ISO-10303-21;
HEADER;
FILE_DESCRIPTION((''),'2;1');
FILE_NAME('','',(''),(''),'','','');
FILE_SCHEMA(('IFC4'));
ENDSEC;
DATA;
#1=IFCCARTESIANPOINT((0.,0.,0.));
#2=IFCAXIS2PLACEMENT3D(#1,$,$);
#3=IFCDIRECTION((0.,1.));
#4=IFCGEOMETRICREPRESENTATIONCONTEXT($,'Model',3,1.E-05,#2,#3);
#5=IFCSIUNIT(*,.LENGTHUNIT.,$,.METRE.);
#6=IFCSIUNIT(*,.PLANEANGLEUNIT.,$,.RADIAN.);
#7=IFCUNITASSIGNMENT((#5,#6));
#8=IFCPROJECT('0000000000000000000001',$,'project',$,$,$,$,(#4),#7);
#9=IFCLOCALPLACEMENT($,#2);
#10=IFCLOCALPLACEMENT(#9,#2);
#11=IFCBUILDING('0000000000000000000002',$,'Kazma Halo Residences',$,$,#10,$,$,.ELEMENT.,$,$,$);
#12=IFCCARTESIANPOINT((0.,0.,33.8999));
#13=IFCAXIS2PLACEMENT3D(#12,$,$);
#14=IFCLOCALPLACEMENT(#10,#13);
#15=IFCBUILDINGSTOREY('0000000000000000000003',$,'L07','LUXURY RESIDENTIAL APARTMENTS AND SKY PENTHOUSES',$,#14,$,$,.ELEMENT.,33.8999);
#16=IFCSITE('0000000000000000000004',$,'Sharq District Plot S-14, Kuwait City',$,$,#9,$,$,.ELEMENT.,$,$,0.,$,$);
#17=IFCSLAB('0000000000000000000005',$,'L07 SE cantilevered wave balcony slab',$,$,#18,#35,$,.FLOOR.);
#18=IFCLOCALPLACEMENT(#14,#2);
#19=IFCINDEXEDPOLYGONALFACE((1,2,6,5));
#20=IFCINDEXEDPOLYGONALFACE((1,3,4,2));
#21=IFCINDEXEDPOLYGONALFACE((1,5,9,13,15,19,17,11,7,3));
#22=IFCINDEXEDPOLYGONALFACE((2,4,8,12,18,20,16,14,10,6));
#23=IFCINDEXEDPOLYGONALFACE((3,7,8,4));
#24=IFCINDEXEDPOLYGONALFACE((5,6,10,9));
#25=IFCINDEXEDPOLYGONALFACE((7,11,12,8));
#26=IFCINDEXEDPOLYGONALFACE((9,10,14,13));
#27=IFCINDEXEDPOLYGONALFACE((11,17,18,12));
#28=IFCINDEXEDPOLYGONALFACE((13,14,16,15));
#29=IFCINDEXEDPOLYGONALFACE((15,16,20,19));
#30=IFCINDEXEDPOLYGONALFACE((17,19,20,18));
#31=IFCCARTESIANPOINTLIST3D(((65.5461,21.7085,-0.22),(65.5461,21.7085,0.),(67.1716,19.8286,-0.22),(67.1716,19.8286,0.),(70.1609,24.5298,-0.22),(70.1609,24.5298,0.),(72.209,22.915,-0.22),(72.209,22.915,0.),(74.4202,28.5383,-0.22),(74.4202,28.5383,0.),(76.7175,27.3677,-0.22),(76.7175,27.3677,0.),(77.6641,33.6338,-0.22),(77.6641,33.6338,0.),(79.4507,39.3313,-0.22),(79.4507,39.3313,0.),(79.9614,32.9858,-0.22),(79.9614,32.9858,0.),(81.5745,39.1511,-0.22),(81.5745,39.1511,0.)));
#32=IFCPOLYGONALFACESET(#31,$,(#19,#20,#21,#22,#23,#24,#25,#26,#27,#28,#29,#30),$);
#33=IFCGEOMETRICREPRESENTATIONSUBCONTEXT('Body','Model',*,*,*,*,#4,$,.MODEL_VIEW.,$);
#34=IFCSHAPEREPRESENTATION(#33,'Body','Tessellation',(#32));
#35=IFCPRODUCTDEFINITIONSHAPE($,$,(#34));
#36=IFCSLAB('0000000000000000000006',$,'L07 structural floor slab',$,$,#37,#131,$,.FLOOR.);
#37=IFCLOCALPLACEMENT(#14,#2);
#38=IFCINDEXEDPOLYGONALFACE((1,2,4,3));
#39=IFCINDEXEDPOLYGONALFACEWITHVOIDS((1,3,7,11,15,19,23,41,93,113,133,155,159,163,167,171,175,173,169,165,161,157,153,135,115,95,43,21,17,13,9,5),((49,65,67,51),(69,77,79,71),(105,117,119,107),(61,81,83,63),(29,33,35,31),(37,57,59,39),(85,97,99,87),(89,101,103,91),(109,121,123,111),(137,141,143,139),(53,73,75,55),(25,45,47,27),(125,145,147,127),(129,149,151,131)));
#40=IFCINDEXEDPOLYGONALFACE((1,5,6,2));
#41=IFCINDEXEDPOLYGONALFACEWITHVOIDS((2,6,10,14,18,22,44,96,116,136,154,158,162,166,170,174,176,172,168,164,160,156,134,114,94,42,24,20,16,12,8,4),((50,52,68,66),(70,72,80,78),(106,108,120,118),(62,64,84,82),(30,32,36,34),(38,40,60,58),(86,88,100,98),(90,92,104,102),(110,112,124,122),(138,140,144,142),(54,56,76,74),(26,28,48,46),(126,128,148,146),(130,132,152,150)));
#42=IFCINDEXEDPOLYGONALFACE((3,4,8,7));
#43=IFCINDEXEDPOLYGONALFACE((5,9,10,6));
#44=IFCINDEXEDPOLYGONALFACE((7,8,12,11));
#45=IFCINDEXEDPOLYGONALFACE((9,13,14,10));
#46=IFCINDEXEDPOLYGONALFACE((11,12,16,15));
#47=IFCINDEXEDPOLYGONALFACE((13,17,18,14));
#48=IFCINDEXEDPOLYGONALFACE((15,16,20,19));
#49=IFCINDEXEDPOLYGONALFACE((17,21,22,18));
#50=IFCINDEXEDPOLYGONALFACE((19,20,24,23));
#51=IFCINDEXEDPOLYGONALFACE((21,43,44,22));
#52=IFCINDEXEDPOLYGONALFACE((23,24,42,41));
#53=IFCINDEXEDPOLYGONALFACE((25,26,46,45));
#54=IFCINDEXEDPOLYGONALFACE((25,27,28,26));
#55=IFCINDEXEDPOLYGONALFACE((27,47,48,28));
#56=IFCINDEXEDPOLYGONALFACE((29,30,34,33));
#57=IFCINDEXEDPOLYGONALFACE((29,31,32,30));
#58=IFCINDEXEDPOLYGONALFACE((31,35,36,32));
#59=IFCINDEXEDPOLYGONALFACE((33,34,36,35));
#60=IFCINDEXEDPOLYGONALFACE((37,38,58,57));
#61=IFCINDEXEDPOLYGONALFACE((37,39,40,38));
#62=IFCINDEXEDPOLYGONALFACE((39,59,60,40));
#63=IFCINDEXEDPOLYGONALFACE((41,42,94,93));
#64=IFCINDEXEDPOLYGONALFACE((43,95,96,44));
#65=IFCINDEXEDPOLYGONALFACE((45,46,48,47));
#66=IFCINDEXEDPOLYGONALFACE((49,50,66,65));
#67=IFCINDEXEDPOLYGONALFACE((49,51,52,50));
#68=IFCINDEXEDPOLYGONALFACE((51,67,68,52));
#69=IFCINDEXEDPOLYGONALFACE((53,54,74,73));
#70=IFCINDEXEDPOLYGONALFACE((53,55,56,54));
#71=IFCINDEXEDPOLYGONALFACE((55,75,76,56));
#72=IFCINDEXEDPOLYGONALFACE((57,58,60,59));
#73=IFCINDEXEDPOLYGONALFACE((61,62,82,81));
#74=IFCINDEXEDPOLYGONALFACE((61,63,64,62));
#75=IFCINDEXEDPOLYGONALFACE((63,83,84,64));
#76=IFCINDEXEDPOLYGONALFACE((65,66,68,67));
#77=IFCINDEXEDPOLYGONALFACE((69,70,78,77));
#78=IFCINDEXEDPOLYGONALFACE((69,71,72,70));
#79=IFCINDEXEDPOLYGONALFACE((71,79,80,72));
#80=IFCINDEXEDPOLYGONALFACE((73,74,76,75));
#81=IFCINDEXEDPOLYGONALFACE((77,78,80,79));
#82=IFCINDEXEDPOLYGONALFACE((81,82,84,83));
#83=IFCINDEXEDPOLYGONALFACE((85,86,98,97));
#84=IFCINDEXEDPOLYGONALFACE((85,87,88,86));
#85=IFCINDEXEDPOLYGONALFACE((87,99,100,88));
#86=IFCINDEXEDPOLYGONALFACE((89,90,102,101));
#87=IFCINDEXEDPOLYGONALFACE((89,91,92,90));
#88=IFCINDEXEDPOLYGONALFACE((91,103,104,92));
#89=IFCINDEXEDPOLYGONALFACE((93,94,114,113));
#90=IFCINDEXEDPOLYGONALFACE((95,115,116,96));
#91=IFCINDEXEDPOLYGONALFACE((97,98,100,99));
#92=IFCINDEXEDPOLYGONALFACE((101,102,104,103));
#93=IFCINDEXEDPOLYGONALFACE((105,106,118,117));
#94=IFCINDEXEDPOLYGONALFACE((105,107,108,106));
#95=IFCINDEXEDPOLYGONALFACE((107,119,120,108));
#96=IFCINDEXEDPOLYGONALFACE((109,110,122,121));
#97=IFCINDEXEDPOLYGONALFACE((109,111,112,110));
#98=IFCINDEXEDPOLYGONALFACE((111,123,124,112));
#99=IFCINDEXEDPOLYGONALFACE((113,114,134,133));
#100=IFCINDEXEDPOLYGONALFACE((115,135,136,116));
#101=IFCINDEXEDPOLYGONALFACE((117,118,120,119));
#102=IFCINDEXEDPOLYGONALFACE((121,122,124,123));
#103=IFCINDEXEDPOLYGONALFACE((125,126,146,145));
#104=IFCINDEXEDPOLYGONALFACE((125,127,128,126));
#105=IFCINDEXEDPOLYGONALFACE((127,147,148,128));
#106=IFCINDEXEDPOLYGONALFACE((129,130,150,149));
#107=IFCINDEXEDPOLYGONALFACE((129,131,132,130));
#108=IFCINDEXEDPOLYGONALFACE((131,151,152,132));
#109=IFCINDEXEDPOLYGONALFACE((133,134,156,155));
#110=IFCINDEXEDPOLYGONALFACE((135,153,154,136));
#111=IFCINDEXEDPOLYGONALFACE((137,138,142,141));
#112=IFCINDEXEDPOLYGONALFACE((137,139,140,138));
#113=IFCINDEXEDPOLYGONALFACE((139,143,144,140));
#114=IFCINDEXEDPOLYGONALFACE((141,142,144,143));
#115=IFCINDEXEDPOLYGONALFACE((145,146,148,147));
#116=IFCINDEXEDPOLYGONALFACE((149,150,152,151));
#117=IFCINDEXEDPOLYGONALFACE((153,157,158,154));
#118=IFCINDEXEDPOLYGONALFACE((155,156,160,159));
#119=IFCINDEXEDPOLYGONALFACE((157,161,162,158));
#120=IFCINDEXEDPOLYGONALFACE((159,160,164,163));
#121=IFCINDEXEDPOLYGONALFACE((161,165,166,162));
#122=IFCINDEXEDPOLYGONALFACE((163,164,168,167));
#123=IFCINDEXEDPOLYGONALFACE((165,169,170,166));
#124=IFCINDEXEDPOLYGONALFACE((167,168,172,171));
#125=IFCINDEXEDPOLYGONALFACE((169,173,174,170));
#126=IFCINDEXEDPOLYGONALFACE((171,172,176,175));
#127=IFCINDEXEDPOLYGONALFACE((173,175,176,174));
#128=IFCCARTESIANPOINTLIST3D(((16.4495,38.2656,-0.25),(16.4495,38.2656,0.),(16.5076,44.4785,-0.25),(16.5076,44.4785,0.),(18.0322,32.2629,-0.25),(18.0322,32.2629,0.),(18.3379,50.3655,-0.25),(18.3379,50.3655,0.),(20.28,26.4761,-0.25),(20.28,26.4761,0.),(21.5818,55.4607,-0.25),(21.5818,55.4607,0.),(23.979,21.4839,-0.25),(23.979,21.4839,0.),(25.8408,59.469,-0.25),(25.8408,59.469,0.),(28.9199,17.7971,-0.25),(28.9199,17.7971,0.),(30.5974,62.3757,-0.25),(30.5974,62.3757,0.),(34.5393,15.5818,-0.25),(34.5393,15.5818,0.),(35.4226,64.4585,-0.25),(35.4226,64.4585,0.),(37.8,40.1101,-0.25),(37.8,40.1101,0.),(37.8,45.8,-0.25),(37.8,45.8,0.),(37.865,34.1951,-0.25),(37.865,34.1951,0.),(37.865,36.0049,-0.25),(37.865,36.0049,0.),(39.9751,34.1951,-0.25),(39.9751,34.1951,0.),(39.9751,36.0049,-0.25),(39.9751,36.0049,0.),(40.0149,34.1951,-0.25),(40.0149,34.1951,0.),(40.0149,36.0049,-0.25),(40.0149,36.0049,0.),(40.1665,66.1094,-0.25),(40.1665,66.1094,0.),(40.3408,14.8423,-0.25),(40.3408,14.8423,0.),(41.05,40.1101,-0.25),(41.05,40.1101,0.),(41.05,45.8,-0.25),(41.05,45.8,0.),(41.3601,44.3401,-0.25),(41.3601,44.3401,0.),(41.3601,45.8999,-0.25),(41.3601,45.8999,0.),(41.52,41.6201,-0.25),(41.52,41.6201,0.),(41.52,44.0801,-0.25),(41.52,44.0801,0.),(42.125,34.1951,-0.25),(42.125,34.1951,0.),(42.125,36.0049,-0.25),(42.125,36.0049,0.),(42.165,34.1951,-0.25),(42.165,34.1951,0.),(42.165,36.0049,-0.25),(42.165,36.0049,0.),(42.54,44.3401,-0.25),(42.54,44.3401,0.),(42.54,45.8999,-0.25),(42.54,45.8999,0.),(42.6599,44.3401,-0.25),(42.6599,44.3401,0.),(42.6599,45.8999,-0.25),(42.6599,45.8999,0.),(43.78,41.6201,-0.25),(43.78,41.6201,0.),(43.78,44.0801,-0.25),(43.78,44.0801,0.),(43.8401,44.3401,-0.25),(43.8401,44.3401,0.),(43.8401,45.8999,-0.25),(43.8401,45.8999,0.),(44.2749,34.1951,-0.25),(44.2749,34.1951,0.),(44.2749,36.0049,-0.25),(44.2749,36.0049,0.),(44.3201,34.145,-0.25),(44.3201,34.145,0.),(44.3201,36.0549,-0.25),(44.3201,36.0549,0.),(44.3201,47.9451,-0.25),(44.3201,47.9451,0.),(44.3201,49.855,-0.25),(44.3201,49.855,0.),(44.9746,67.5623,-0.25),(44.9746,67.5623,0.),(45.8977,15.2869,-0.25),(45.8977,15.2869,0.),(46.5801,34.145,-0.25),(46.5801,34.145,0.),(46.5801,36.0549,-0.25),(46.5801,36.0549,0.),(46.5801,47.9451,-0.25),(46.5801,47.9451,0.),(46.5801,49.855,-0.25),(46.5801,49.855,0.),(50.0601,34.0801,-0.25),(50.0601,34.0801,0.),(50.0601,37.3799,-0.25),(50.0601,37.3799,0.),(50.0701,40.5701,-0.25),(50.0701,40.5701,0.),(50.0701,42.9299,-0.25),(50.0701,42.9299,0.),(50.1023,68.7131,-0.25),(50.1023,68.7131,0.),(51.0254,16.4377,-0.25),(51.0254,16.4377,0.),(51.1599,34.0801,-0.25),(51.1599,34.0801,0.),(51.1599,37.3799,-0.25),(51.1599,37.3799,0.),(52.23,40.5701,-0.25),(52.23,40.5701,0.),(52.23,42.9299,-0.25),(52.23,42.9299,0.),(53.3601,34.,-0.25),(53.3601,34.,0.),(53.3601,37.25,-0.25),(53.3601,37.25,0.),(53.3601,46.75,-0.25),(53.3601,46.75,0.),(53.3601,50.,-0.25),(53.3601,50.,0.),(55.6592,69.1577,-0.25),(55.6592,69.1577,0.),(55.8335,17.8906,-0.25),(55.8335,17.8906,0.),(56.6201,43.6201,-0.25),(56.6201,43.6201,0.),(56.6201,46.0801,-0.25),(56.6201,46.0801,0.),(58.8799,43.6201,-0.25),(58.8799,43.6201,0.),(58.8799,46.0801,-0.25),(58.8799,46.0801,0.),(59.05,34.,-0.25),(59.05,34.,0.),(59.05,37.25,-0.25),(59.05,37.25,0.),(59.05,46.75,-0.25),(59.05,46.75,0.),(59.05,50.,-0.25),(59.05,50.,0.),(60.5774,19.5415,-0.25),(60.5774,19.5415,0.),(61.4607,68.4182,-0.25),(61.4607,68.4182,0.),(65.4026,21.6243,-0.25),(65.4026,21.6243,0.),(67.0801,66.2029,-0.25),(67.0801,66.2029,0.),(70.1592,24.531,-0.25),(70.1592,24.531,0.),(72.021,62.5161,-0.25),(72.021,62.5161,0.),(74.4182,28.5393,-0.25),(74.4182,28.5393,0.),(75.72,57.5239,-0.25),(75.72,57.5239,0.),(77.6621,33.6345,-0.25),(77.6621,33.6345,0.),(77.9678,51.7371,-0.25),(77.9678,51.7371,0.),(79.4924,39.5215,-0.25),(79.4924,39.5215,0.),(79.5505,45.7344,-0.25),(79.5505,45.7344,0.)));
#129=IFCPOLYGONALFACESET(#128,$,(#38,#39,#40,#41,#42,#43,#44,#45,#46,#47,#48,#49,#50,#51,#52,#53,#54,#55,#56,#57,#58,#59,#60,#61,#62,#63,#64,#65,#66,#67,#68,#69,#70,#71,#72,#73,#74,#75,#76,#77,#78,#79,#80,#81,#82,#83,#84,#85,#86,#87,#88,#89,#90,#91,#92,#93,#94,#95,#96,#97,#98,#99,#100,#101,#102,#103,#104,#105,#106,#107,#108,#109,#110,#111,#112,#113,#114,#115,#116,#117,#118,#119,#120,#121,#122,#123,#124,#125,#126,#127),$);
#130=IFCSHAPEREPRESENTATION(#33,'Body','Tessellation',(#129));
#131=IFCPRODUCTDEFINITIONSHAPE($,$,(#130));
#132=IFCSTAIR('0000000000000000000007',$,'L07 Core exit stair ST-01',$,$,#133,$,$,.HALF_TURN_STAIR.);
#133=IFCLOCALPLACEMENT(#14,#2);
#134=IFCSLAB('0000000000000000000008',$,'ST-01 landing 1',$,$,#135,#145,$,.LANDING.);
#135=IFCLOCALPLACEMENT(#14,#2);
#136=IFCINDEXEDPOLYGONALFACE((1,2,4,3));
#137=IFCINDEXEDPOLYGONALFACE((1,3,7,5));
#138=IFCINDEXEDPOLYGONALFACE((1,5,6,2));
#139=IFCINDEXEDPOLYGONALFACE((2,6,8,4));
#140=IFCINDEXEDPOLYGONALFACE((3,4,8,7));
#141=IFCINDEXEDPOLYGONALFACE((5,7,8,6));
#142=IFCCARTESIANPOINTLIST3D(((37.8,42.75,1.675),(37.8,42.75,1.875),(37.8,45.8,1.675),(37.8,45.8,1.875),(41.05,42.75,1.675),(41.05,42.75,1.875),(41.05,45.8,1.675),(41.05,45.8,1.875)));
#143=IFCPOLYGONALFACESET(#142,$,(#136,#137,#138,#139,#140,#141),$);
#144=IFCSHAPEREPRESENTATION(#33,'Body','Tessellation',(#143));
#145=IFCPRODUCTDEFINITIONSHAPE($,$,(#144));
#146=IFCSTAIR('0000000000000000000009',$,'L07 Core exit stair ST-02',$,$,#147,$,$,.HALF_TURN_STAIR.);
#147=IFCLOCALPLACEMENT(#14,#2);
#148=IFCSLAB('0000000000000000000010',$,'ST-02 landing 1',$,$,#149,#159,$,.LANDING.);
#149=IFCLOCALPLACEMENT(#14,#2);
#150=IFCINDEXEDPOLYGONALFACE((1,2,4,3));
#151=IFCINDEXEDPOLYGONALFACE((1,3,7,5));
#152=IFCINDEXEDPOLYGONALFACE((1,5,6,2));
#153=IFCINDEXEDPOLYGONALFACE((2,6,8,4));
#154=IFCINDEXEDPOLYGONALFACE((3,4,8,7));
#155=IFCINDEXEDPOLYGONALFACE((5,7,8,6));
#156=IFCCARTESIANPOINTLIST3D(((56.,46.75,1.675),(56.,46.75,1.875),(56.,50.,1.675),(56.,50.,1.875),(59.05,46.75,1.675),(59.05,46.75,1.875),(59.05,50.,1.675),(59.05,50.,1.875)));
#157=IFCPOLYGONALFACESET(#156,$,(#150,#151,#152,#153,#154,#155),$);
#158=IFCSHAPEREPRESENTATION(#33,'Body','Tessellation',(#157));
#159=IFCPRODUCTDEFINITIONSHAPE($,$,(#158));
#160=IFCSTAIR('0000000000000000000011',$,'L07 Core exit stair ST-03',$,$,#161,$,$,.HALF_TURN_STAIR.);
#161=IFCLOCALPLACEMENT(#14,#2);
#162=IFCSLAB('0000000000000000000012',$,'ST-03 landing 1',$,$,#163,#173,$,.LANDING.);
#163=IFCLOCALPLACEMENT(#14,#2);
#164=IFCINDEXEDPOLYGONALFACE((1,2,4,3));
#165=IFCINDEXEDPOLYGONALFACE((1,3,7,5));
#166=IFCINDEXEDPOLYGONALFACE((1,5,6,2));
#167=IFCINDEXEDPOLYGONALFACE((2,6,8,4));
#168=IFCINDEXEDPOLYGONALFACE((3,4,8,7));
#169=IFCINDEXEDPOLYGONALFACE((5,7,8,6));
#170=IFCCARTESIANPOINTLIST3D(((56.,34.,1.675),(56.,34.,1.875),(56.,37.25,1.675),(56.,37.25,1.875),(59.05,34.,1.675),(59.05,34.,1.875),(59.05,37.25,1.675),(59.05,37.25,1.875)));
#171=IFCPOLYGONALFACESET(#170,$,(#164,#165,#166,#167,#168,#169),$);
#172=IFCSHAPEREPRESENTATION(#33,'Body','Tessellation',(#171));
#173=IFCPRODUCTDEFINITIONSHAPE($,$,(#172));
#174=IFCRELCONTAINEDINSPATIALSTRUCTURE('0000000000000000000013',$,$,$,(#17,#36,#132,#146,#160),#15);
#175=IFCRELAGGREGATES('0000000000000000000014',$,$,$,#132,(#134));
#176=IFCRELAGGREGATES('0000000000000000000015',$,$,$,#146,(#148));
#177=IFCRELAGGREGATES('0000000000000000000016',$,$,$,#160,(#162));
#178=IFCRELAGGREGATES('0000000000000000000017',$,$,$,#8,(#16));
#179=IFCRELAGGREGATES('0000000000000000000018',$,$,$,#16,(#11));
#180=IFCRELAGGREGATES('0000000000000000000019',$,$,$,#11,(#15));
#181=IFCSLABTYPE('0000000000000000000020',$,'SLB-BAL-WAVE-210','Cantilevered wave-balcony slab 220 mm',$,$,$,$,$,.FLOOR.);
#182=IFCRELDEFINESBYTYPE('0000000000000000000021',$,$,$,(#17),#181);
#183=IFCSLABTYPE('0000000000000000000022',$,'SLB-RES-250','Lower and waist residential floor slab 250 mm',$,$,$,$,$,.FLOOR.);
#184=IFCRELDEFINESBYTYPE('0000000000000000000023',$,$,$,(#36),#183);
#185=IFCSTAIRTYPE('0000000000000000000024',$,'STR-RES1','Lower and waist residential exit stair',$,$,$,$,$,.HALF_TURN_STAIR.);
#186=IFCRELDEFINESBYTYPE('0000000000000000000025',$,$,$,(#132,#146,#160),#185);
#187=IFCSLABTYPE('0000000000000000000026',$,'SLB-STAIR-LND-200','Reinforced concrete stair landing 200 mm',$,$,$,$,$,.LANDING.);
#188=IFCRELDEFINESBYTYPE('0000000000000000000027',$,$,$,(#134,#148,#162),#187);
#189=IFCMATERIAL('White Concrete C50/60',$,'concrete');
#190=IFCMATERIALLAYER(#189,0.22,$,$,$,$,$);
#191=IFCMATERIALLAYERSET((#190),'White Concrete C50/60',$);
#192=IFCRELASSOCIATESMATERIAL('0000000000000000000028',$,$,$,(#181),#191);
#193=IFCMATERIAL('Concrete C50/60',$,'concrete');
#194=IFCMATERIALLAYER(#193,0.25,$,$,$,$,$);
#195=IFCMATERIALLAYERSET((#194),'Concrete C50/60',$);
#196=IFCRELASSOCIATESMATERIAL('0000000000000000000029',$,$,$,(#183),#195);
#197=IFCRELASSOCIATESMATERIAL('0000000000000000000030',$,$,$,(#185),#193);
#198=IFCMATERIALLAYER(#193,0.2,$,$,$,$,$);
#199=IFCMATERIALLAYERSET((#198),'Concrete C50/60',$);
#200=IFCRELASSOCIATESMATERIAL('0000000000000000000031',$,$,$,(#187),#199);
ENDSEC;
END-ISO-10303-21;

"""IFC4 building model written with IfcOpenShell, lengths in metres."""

from ifc_helpers import new_model, si_unit, direction, frame, origin, place, context, subcontext, project, spatial, polyline, outline, extrude, material, layer, layer_set, type_object, element, aggregate, save


model = new_model("IFC4")

# Units and contexts
model_context = context("Model", 3, precision=1e-05, world=origin(), true_north=direction((0.0, 1.0)))
body_context = subcontext(model_context, "Body", "Model", "MODEL_VIEW")
ifc_project = project(units=[si_unit("LENGTHUNIT", "METRE"), si_unit("PLANEANGLEUNIT", "RADIAN")], contexts=[model_context])

# Site, building, storey
site_placement = place(None, origin())
site = spatial("IfcSite", under=ifc_project, at=site_placement, Name="Sharq District Plot S-14, Kuwait City", CompositionType="ELEMENT", RefElevation=0.0)
building_placement = place(site_placement, origin())
building = spatial("IfcBuilding", under=site, at=building_placement, Name="Kazma Halo Residences", CompositionType="ELEMENT")
storey_placement = place(building_placement, frame((0.0, 0.0, 33.8999)))
storey = spatial("IfcBuildingStorey", under=building, at=storey_placement, Name="L07", Description="LUXURY RESIDENTIAL APARTMENTS AND SKY PENTHOUSES", CompositionType="ELEMENT", Elevation=33.8999)

# Slabs
ifc_material_1 = material(Name="White Concrete C50/60", Category="concrete")
ifc_layer_1 = layer(ifc_material_1, 0.22)
ifc_layer_set_1 = layer_set([ifc_layer_1], Name="White Concrete C50/60")
slab_type_1 = type_object("IfcSlabType", Name="SLB-BAL-WAVE-210", Description="Cantilevered wave-balcony slab 220 mm", PredefinedType="FLOOR", material=ifc_layer_set_1)
slab_1_placement = place(storey_placement, frame((0.0, 0.0, -0.22)))
element("IfcSlab", 1, at=slab_1_placement, inside=storey, type_object=slab_type_1, Name="L07 SE cantilevered wave balcony slab", PredefinedType="FLOOR", context=body_context, shape_type="SweptSolid", body=[
    extrude(outline(polyline([(65.5461, 21.7085), (70.1609, 24.5298), (74.4202, 28.5383), (77.6641, 33.6338), (79.4507, 39.3313), (81.5745, 39.1511), (79.9614, 32.9858), (76.7175, 27.3677), (72.209, 22.915), (67.1716, 19.8286), (65.5461, 21.7085)])), origin(), (0.0, 0.0, 1.0), 0.22),
])
ifc_material_2 = material(Name="Concrete C50/60", Category="concrete")
ifc_layer_2 = layer(ifc_material_2, 0.25)
ifc_layer_set_2 = layer_set([ifc_layer_2], Name="Concrete C50/60")
slab_type_2 = type_object("IfcSlabType", Name="SLB-RES-250", Description="Lower and waist residential floor slab 250 mm", PredefinedType="FLOOR", material=ifc_layer_set_2)
slab_2_placement = place(storey_placement, frame((0.0, 0.0, -0.25)))
element("IfcSlab", 2, at=slab_2_placement, inside=storey, type_object=slab_type_2, Name="L07 structural floor slab", PredefinedType="FLOOR", context=body_context, shape_type="SweptSolid", body=[
    extrude(outline(polyline([(77.9678, 51.7371), (75.72, 57.5239), (72.021, 62.5161), (67.0801, 66.2029), (61.4607, 68.4182), (55.6592, 69.1577), (50.1023, 68.7131), (44.9746, 67.5623), (40.1665, 66.1094), (35.4226, 64.4585), (30.5974, 62.3757), (25.8408, 59.469), (21.5818, 55.4607), (18.3379, 50.3655), (16.5076, 44.4785), (16.4495, 38.2656), (18.0322, 32.2629), (20.28, 26.4761), (23.979, 21.4839), (28.9199, 17.7971), (34.5393, 15.5818), (40.3408, 14.8423), (45.8977, 15.2869), (51.0254, 16.4377), (55.8335, 17.8906), (60.5774, 19.5415), (65.4026, 21.6243), (70.1592, 24.531), (74.4182, 28.5393), (77.6621, 33.6345), (79.4924, 39.5215), (79.5505, 45.7344), (77.9678, 51.7371)]), holes=[polyline([(37.8, 40.1101), (41.05, 40.1101), (41.05, 45.8), (37.8, 45.8), (37.8, 40.1101)]), polyline([(53.3601, 46.75), (59.05, 46.75), (59.05, 50.0), (53.3601, 50.0), (53.3601, 46.75)]), polyline([(53.3601, 34.0), (59.05, 34.0), (59.05, 37.25), (53.3601, 37.25), (53.3601, 34.0)]), polyline([(41.52, 41.6201), (43.78, 41.6201), (43.78, 44.0801), (41.52, 44.0801), (41.52, 41.6201)]), polyline([(56.6201, 43.6201), (58.8799, 43.6201), (58.8799, 46.0801), (56.6201, 46.0801), (56.6201, 43.6201)]), polyline([(37.865, 34.1951), (39.9751, 34.1951), (39.9751, 36.0049), (37.865, 36.0049), (37.865, 34.1951)]), polyline([(40.0149, 34.1951), (42.125, 34.1951), (42.125, 36.0049), (40.0149, 36.0049), (40.0149, 34.1951)]), polyline([(42.165, 34.1951), (44.2749, 34.1951), (44.2749, 36.0049), (42.165, 36.0049), (42.165, 34.1951)]), polyline([(44.3201, 47.9451), (46.5801, 47.9451), (46.5801, 49.855), (44.3201, 49.855), (44.3201, 47.9451)]), polyline([(44.3201, 34.145), (46.5801, 34.145), (46.5801, 36.0549), (44.3201, 36.0549), (44.3201, 34.145)]), polyline([(50.0701, 40.5701), (52.23, 40.5701), (52.23, 42.9299), (50.0701, 42.9299), (50.0701, 40.5701)]), polyline([(41.3601, 44.3401), (42.54, 44.3401), (42.54, 45.8999), (41.3601, 45.8999), (41.3601, 44.3401)]), polyline([(42.6599, 44.3401), (43.8401, 44.3401), (43.8401, 45.8999), (42.6599, 45.8999), (42.6599, 44.3401)]), polyline([(50.0601, 34.0801), (51.1599, 34.0801), (51.1599, 37.3799), (50.0601, 37.3799), (50.0601, 34.0801)])]), origin(), (0.0, 0.0, 1.0), 0.25),
])

# Stairs, slabs
stair_type = type_object("IfcStairType", Name="STR-RES1", Description="Lower and waist residential exit stair", PredefinedType="HALF_TURN_STAIR", material=ifc_material_2)
stair_1_placement = place(storey_placement, origin())
stair_1 = element("IfcStair", 3, at=stair_1_placement, inside=storey, type_object=stair_type, Name="L07 Core exit stair ST-01", PredefinedType="HALF_TURN_STAIR")
ifc_layer_3 = layer(ifc_material_2, 0.2)
ifc_layer_set_3 = layer_set([ifc_layer_3], Name="Concrete C50/60")
slab_type_3 = type_object("IfcSlabType", Name="SLB-STAIR-LND-200", Description="Reinforced concrete stair landing 200 mm", PredefinedType="LANDING", material=ifc_layer_set_3)
slab_3_placement = place(storey_placement, frame((0.0, 0.0, 1.675)))
slab_3 = element("IfcSlab", 4, at=slab_3_placement, type_object=slab_type_3, Name="ST-01 landing 1", PredefinedType="LANDING", context=body_context, shape_type="SweptSolid", body=[
    extrude(outline(polyline([(41.05, 42.75), (41.05, 45.8), (37.8, 45.8), (37.8, 42.75), (41.05, 42.75)])), origin(), (0.0, 0.0, 1.0), 0.2),
])
aggregate(stair_1, [slab_3])
stair_2_placement = place(storey_placement, origin())
stair_2 = element("IfcStair", 5, at=stair_2_placement, inside=storey, type_object=stair_type, Name="L07 Core exit stair ST-02", PredefinedType="HALF_TURN_STAIR")
slab_4_placement = place(storey_placement, frame((0.0, 0.0, 1.675)))
slab_4 = element("IfcSlab", 6, at=slab_4_placement, type_object=slab_type_3, Name="ST-02 landing 1", PredefinedType="LANDING", context=body_context, shape_type="SweptSolid", body=[
    extrude(outline(polyline([(56.0, 46.75), (59.05, 46.75), (59.05, 50.0), (56.0, 50.0), (56.0, 46.75)])), origin(), (0.0, 0.0, 1.0), 0.2),
])
aggregate(stair_2, [slab_4])
stair_3_placement = place(storey_placement, origin())
stair_3 = element("IfcStair", 7, at=stair_3_placement, inside=storey, type_object=stair_type, Name="L07 Core exit stair ST-03", PredefinedType="HALF_TURN_STAIR")
slab_5_placement = place(storey_placement, frame((0.0, 0.0, 1.675)))
slab_5 = element("IfcSlab", 8, at=slab_5_placement, type_object=slab_type_3, Name="ST-03 landing 1", PredefinedType="LANDING", context=body_context, shape_type="SweptSolid", body=[
    extrude(outline(polyline([(56.0, 34.0), (59.05, 34.0), (59.05, 37.25), (56.0, 37.25), (56.0, 34.0)])), origin(), (0.0, 0.0, 1.0), 0.2),
])
aggregate(stair_3, [slab_5])

save(model, "model.ifc")
